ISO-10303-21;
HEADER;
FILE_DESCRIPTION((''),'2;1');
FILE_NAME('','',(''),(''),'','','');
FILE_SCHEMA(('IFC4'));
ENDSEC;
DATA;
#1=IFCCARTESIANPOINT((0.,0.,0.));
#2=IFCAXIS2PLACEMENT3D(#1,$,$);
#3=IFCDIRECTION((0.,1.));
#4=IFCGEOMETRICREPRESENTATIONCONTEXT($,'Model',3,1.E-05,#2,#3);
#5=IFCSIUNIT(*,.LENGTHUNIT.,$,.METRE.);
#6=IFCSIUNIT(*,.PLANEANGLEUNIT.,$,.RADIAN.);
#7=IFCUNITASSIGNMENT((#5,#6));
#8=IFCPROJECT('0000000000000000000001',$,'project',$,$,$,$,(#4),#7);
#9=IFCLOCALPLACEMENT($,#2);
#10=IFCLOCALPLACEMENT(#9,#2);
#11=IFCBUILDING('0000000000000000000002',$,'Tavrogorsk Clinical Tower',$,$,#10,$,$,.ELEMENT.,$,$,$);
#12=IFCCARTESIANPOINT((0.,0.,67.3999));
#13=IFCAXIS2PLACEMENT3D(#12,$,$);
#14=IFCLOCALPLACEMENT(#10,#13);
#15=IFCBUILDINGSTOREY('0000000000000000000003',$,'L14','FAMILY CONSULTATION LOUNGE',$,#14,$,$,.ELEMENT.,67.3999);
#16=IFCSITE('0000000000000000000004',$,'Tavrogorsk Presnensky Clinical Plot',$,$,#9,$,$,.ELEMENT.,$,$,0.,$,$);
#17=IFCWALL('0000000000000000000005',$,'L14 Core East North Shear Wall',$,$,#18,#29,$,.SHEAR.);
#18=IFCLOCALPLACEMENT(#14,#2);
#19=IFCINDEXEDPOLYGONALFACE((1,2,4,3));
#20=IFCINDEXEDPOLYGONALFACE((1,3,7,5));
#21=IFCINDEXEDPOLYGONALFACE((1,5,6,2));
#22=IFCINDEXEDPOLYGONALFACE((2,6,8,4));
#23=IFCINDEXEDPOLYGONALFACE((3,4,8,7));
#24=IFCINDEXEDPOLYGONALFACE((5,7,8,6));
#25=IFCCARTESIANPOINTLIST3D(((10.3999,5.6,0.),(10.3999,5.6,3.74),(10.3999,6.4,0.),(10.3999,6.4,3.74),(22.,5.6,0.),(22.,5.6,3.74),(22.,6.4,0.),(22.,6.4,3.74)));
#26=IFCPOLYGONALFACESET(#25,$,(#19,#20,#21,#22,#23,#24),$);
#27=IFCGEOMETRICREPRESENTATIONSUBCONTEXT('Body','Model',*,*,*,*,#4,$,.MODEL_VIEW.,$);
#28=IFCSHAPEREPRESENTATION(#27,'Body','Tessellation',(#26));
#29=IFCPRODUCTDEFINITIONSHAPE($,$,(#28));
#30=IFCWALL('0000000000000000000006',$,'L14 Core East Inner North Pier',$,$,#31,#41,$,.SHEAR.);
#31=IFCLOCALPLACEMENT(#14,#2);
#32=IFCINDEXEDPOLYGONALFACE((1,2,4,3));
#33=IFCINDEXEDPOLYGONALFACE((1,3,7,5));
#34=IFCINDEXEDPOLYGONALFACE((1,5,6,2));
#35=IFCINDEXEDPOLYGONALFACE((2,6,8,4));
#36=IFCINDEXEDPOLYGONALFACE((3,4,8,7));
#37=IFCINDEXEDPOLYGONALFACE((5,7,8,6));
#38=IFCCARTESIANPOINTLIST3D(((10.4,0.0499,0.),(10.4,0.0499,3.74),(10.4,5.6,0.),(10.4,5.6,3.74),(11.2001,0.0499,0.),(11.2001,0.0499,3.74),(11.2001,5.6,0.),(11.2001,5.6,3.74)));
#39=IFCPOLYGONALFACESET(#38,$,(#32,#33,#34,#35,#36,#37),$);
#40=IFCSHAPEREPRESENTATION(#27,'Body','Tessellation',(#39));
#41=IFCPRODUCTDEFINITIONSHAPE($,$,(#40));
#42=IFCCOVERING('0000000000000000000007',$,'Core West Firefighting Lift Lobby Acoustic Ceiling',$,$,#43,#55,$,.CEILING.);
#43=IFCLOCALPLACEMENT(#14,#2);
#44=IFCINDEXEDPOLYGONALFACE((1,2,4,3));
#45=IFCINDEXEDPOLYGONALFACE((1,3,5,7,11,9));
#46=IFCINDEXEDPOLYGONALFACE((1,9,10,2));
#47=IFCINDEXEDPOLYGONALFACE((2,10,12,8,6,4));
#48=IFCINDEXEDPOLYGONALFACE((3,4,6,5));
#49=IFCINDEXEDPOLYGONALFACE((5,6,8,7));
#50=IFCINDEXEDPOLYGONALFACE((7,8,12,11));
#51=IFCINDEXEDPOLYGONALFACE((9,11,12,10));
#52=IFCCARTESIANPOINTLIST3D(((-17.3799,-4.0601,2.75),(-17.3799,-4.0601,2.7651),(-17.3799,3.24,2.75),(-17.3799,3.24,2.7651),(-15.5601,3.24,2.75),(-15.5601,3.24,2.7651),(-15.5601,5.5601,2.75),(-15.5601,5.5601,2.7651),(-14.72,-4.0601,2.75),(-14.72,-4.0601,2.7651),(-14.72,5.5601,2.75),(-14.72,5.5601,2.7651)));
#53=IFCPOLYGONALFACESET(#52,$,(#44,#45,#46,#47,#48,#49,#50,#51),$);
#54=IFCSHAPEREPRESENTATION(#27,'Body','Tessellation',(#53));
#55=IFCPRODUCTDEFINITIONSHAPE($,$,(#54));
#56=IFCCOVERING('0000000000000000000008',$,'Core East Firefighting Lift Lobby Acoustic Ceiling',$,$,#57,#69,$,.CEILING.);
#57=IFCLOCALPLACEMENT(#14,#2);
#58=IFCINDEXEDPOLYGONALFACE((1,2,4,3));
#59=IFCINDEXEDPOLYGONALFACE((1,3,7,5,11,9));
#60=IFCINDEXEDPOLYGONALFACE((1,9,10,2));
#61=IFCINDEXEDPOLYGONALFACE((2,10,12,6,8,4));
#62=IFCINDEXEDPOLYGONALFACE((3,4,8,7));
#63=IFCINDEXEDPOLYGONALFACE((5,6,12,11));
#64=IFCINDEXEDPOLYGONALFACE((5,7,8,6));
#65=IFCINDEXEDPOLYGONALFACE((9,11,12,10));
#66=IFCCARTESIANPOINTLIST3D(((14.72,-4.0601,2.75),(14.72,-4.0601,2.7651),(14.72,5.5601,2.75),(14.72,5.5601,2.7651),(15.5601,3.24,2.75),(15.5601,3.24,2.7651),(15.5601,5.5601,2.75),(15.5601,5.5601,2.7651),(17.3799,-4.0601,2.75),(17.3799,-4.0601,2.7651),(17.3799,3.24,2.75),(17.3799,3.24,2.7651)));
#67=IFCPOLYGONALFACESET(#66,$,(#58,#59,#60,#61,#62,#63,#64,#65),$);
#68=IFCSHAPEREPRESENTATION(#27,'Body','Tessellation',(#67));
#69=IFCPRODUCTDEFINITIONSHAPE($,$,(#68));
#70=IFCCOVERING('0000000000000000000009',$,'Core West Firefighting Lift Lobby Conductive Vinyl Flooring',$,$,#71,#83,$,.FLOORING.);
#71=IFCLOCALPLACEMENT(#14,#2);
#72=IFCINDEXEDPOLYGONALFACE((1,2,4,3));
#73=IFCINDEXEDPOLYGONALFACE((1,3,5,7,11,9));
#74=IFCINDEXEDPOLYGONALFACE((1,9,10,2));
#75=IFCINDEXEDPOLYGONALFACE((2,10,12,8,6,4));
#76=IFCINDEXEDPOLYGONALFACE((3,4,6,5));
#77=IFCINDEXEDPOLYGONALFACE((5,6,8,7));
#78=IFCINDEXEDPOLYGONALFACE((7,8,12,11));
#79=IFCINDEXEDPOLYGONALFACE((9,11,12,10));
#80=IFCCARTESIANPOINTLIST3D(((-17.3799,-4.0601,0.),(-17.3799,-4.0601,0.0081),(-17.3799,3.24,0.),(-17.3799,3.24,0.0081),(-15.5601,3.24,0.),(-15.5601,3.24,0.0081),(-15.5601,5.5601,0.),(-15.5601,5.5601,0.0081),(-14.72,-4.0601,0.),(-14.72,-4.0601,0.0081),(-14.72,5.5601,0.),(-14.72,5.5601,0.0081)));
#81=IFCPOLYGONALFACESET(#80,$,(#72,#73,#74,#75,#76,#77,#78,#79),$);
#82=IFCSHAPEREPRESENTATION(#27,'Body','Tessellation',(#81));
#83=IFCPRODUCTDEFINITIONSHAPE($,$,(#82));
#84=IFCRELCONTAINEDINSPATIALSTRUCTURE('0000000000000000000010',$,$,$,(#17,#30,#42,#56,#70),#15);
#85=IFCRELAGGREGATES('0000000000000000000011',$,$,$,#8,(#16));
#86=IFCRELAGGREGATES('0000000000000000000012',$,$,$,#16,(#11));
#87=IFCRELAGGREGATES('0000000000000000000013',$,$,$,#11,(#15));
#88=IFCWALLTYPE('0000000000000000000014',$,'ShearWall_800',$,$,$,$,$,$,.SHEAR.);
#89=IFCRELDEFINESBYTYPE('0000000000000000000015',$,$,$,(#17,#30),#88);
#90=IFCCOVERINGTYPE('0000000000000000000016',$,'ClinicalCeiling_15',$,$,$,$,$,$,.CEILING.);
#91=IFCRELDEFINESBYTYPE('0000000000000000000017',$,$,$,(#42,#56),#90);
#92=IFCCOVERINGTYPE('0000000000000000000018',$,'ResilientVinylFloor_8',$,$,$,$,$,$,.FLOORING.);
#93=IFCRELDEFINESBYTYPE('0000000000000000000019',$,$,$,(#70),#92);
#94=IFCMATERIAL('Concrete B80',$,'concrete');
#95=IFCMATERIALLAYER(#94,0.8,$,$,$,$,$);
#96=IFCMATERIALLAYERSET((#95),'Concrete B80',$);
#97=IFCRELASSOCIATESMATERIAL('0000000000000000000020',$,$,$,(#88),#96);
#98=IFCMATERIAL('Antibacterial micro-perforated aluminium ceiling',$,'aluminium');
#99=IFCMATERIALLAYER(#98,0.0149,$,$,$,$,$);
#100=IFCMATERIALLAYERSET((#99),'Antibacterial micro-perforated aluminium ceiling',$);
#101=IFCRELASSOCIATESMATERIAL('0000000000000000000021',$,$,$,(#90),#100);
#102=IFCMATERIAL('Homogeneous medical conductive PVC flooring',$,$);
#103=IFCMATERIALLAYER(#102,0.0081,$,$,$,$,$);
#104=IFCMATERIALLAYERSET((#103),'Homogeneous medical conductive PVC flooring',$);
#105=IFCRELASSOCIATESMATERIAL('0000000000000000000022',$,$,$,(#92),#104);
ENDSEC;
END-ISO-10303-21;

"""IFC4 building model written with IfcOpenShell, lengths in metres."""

from ifc_helpers import new_model, si_unit, direction, frame, frame_2d, origin, place, context, subcontext, project, spatial, polyline, rectangle, outline, extrude, material, layer, layer_set, type_object, element, save


model = new_model("IFC4")

# Units and contexts
model_context = context("Model", 3, precision=1e-05, world=origin(), true_north=direction((0.0, 1.0)))
body_context = subcontext(model_context, "Body", "Model", "MODEL_VIEW")
ifc_project = project(units=[si_unit("LENGTHUNIT", "METRE"), si_unit("PLANEANGLEUNIT", "RADIAN")], contexts=[model_context])

# Site, building, storey
site_placement = place(None, origin())
site = spatial("IfcSite", under=ifc_project, at=site_placement, Name="Tavrogorsk Presnensky Clinical Plot", CompositionType="ELEMENT", RefElevation=0.0)
building_placement = place(site_placement, origin())
building = spatial("IfcBuilding", under=site, at=building_placement, Name="Tavrogorsk Clinical Tower", CompositionType="ELEMENT")
storey_placement = place(building_placement, frame((0.0, 0.0, 67.3999)))
storey = spatial("IfcBuildingStorey", under=building, at=storey_placement, Name="L14", Description="FAMILY CONSULTATION LOUNGE", CompositionType="ELEMENT", Elevation=67.3999)

# Walls
ifc_material_1 = material(Name="Concrete B80", Category="concrete")
ifc_layer_1 = layer(ifc_material_1, 0.8)
ifc_layer_set_1 = layer_set([ifc_layer_1], Name="Concrete B80")
wall_type_1 = type_object("IfcWallType", Name="ShearWall_800", PredefinedType="SHEAR", material=ifc_layer_set_1)
wall_1_placement = place(storey_placement, frame((10.3999, 6.0, 0.0), z_axis=(0.0, 0.0, 1.0), x_axis=(1.0, 0.0, 0.0)))
element("IfcWall", 1, at=wall_1_placement, inside=storey, type_object=wall_type_1, Name="L14 Core East North Shear Wall", PredefinedType="SHEAR", context=body_context, shape_type="SweptSolid", body=[
    extrude(rectangle(XDim=11.6001, YDim=0.8, at=frame_2d((5.8, 0.0))), origin(), (0.0, 0.0, 1.0), 3.74),
])
wall_2_placement = place(storey_placement, frame((10.8, 0.05, 0.0), z_axis=(0.0, 0.0, 1.0), x_axis=(0.0, 1.0, 0.0)))
element("IfcWall", 2, at=wall_2_placement, inside=storey, type_object=wall_type_1, Name="L14 Core East Inner North Pier", PredefinedType="SHEAR", context=body_context, shape_type="SweptSolid", body=[
    extrude(rectangle(XDim=5.55, YDim=0.8, at=frame_2d((2.7749, 0.0))), origin(), (0.0, 0.0, 1.0), 3.74),
])

# Coverings
ifc_material_2 = material(Name="Antibacterial micro-perforated aluminium ceiling", Category="aluminium")
ifc_layer_2 = layer(ifc_material_2, 0.0149)
ifc_layer_set_2 = layer_set([ifc_layer_2], Name="Antibacterial micro-perforated aluminium ceiling")
covering_type_1 = type_object("IfcCoveringType", Name="ClinicalCeiling_15", PredefinedType="CEILING", material=ifc_layer_set_2)
covering_1_placement = place(storey_placement, frame((0.0, 0.0, 2.75)))
element("IfcCovering", 3, at=covering_1_placement, inside=storey, type_object=covering_type_1, Name="Core West Firefighting Lift Lobby Acoustic Ceiling", PredefinedType="CEILING", context=body_context, shape_type="SweptSolid", body=[
    extrude(outline(polyline([(-14.72, 5.5601), (-14.72, -4.0601), (-17.3799, -4.0601), (-17.3799, 3.24), (-15.5601, 3.24), (-15.5601, 5.5601), (-14.72, 5.5601)])), origin(), (0.0, 0.0, 1.0), 0.0151),
])
covering_2_placement = place(storey_placement, frame((0.0, 0.0, 2.75)))
element("IfcCovering", 4, at=covering_2_placement, inside=storey, type_object=covering_type_1, Name="Core East Firefighting Lift Lobby Acoustic Ceiling", PredefinedType="CEILING", context=body_context, shape_type="SweptSolid", body=[
    extrude(outline(polyline([(17.3799, -4.0601), (14.72, -4.0601), (14.72, 5.5601), (15.5601, 5.5601), (15.5601, 3.24), (17.3799, 3.24), (17.3799, -4.0601)])), origin(), (0.0, 0.0, 1.0), 0.0151),
])
ifc_material_3 = material(Name="Homogeneous medical conductive PVC flooring")
ifc_layer_3 = layer(ifc_material_3, 0.0081)
ifc_layer_set_3 = layer_set([ifc_layer_3], Name="Homogeneous medical conductive PVC flooring")
covering_type_2 = type_object("IfcCoveringType", Name="ResilientVinylFloor_8", PredefinedType="FLOORING", material=ifc_layer_set_3)
covering_3_placement = place(storey_placement, origin())
element("IfcCovering", 5, at=covering_3_placement, inside=storey, type_object=covering_type_2, Name="Core West Firefighting Lift Lobby Conductive Vinyl Flooring", PredefinedType="FLOORING", context=body_context, shape_type="SweptSolid", body=[
    extrude(outline(polyline([(-14.72, 5.5601), (-14.72, -4.0601), (-17.3799, -4.0601), (-17.3799, 3.24), (-15.5601, 3.24), (-15.5601, 5.5601), (-14.72, 5.5601)])), origin(), (0.0, 0.0, 1.0), 0.0081),
])

save(model, "model.ifc")
